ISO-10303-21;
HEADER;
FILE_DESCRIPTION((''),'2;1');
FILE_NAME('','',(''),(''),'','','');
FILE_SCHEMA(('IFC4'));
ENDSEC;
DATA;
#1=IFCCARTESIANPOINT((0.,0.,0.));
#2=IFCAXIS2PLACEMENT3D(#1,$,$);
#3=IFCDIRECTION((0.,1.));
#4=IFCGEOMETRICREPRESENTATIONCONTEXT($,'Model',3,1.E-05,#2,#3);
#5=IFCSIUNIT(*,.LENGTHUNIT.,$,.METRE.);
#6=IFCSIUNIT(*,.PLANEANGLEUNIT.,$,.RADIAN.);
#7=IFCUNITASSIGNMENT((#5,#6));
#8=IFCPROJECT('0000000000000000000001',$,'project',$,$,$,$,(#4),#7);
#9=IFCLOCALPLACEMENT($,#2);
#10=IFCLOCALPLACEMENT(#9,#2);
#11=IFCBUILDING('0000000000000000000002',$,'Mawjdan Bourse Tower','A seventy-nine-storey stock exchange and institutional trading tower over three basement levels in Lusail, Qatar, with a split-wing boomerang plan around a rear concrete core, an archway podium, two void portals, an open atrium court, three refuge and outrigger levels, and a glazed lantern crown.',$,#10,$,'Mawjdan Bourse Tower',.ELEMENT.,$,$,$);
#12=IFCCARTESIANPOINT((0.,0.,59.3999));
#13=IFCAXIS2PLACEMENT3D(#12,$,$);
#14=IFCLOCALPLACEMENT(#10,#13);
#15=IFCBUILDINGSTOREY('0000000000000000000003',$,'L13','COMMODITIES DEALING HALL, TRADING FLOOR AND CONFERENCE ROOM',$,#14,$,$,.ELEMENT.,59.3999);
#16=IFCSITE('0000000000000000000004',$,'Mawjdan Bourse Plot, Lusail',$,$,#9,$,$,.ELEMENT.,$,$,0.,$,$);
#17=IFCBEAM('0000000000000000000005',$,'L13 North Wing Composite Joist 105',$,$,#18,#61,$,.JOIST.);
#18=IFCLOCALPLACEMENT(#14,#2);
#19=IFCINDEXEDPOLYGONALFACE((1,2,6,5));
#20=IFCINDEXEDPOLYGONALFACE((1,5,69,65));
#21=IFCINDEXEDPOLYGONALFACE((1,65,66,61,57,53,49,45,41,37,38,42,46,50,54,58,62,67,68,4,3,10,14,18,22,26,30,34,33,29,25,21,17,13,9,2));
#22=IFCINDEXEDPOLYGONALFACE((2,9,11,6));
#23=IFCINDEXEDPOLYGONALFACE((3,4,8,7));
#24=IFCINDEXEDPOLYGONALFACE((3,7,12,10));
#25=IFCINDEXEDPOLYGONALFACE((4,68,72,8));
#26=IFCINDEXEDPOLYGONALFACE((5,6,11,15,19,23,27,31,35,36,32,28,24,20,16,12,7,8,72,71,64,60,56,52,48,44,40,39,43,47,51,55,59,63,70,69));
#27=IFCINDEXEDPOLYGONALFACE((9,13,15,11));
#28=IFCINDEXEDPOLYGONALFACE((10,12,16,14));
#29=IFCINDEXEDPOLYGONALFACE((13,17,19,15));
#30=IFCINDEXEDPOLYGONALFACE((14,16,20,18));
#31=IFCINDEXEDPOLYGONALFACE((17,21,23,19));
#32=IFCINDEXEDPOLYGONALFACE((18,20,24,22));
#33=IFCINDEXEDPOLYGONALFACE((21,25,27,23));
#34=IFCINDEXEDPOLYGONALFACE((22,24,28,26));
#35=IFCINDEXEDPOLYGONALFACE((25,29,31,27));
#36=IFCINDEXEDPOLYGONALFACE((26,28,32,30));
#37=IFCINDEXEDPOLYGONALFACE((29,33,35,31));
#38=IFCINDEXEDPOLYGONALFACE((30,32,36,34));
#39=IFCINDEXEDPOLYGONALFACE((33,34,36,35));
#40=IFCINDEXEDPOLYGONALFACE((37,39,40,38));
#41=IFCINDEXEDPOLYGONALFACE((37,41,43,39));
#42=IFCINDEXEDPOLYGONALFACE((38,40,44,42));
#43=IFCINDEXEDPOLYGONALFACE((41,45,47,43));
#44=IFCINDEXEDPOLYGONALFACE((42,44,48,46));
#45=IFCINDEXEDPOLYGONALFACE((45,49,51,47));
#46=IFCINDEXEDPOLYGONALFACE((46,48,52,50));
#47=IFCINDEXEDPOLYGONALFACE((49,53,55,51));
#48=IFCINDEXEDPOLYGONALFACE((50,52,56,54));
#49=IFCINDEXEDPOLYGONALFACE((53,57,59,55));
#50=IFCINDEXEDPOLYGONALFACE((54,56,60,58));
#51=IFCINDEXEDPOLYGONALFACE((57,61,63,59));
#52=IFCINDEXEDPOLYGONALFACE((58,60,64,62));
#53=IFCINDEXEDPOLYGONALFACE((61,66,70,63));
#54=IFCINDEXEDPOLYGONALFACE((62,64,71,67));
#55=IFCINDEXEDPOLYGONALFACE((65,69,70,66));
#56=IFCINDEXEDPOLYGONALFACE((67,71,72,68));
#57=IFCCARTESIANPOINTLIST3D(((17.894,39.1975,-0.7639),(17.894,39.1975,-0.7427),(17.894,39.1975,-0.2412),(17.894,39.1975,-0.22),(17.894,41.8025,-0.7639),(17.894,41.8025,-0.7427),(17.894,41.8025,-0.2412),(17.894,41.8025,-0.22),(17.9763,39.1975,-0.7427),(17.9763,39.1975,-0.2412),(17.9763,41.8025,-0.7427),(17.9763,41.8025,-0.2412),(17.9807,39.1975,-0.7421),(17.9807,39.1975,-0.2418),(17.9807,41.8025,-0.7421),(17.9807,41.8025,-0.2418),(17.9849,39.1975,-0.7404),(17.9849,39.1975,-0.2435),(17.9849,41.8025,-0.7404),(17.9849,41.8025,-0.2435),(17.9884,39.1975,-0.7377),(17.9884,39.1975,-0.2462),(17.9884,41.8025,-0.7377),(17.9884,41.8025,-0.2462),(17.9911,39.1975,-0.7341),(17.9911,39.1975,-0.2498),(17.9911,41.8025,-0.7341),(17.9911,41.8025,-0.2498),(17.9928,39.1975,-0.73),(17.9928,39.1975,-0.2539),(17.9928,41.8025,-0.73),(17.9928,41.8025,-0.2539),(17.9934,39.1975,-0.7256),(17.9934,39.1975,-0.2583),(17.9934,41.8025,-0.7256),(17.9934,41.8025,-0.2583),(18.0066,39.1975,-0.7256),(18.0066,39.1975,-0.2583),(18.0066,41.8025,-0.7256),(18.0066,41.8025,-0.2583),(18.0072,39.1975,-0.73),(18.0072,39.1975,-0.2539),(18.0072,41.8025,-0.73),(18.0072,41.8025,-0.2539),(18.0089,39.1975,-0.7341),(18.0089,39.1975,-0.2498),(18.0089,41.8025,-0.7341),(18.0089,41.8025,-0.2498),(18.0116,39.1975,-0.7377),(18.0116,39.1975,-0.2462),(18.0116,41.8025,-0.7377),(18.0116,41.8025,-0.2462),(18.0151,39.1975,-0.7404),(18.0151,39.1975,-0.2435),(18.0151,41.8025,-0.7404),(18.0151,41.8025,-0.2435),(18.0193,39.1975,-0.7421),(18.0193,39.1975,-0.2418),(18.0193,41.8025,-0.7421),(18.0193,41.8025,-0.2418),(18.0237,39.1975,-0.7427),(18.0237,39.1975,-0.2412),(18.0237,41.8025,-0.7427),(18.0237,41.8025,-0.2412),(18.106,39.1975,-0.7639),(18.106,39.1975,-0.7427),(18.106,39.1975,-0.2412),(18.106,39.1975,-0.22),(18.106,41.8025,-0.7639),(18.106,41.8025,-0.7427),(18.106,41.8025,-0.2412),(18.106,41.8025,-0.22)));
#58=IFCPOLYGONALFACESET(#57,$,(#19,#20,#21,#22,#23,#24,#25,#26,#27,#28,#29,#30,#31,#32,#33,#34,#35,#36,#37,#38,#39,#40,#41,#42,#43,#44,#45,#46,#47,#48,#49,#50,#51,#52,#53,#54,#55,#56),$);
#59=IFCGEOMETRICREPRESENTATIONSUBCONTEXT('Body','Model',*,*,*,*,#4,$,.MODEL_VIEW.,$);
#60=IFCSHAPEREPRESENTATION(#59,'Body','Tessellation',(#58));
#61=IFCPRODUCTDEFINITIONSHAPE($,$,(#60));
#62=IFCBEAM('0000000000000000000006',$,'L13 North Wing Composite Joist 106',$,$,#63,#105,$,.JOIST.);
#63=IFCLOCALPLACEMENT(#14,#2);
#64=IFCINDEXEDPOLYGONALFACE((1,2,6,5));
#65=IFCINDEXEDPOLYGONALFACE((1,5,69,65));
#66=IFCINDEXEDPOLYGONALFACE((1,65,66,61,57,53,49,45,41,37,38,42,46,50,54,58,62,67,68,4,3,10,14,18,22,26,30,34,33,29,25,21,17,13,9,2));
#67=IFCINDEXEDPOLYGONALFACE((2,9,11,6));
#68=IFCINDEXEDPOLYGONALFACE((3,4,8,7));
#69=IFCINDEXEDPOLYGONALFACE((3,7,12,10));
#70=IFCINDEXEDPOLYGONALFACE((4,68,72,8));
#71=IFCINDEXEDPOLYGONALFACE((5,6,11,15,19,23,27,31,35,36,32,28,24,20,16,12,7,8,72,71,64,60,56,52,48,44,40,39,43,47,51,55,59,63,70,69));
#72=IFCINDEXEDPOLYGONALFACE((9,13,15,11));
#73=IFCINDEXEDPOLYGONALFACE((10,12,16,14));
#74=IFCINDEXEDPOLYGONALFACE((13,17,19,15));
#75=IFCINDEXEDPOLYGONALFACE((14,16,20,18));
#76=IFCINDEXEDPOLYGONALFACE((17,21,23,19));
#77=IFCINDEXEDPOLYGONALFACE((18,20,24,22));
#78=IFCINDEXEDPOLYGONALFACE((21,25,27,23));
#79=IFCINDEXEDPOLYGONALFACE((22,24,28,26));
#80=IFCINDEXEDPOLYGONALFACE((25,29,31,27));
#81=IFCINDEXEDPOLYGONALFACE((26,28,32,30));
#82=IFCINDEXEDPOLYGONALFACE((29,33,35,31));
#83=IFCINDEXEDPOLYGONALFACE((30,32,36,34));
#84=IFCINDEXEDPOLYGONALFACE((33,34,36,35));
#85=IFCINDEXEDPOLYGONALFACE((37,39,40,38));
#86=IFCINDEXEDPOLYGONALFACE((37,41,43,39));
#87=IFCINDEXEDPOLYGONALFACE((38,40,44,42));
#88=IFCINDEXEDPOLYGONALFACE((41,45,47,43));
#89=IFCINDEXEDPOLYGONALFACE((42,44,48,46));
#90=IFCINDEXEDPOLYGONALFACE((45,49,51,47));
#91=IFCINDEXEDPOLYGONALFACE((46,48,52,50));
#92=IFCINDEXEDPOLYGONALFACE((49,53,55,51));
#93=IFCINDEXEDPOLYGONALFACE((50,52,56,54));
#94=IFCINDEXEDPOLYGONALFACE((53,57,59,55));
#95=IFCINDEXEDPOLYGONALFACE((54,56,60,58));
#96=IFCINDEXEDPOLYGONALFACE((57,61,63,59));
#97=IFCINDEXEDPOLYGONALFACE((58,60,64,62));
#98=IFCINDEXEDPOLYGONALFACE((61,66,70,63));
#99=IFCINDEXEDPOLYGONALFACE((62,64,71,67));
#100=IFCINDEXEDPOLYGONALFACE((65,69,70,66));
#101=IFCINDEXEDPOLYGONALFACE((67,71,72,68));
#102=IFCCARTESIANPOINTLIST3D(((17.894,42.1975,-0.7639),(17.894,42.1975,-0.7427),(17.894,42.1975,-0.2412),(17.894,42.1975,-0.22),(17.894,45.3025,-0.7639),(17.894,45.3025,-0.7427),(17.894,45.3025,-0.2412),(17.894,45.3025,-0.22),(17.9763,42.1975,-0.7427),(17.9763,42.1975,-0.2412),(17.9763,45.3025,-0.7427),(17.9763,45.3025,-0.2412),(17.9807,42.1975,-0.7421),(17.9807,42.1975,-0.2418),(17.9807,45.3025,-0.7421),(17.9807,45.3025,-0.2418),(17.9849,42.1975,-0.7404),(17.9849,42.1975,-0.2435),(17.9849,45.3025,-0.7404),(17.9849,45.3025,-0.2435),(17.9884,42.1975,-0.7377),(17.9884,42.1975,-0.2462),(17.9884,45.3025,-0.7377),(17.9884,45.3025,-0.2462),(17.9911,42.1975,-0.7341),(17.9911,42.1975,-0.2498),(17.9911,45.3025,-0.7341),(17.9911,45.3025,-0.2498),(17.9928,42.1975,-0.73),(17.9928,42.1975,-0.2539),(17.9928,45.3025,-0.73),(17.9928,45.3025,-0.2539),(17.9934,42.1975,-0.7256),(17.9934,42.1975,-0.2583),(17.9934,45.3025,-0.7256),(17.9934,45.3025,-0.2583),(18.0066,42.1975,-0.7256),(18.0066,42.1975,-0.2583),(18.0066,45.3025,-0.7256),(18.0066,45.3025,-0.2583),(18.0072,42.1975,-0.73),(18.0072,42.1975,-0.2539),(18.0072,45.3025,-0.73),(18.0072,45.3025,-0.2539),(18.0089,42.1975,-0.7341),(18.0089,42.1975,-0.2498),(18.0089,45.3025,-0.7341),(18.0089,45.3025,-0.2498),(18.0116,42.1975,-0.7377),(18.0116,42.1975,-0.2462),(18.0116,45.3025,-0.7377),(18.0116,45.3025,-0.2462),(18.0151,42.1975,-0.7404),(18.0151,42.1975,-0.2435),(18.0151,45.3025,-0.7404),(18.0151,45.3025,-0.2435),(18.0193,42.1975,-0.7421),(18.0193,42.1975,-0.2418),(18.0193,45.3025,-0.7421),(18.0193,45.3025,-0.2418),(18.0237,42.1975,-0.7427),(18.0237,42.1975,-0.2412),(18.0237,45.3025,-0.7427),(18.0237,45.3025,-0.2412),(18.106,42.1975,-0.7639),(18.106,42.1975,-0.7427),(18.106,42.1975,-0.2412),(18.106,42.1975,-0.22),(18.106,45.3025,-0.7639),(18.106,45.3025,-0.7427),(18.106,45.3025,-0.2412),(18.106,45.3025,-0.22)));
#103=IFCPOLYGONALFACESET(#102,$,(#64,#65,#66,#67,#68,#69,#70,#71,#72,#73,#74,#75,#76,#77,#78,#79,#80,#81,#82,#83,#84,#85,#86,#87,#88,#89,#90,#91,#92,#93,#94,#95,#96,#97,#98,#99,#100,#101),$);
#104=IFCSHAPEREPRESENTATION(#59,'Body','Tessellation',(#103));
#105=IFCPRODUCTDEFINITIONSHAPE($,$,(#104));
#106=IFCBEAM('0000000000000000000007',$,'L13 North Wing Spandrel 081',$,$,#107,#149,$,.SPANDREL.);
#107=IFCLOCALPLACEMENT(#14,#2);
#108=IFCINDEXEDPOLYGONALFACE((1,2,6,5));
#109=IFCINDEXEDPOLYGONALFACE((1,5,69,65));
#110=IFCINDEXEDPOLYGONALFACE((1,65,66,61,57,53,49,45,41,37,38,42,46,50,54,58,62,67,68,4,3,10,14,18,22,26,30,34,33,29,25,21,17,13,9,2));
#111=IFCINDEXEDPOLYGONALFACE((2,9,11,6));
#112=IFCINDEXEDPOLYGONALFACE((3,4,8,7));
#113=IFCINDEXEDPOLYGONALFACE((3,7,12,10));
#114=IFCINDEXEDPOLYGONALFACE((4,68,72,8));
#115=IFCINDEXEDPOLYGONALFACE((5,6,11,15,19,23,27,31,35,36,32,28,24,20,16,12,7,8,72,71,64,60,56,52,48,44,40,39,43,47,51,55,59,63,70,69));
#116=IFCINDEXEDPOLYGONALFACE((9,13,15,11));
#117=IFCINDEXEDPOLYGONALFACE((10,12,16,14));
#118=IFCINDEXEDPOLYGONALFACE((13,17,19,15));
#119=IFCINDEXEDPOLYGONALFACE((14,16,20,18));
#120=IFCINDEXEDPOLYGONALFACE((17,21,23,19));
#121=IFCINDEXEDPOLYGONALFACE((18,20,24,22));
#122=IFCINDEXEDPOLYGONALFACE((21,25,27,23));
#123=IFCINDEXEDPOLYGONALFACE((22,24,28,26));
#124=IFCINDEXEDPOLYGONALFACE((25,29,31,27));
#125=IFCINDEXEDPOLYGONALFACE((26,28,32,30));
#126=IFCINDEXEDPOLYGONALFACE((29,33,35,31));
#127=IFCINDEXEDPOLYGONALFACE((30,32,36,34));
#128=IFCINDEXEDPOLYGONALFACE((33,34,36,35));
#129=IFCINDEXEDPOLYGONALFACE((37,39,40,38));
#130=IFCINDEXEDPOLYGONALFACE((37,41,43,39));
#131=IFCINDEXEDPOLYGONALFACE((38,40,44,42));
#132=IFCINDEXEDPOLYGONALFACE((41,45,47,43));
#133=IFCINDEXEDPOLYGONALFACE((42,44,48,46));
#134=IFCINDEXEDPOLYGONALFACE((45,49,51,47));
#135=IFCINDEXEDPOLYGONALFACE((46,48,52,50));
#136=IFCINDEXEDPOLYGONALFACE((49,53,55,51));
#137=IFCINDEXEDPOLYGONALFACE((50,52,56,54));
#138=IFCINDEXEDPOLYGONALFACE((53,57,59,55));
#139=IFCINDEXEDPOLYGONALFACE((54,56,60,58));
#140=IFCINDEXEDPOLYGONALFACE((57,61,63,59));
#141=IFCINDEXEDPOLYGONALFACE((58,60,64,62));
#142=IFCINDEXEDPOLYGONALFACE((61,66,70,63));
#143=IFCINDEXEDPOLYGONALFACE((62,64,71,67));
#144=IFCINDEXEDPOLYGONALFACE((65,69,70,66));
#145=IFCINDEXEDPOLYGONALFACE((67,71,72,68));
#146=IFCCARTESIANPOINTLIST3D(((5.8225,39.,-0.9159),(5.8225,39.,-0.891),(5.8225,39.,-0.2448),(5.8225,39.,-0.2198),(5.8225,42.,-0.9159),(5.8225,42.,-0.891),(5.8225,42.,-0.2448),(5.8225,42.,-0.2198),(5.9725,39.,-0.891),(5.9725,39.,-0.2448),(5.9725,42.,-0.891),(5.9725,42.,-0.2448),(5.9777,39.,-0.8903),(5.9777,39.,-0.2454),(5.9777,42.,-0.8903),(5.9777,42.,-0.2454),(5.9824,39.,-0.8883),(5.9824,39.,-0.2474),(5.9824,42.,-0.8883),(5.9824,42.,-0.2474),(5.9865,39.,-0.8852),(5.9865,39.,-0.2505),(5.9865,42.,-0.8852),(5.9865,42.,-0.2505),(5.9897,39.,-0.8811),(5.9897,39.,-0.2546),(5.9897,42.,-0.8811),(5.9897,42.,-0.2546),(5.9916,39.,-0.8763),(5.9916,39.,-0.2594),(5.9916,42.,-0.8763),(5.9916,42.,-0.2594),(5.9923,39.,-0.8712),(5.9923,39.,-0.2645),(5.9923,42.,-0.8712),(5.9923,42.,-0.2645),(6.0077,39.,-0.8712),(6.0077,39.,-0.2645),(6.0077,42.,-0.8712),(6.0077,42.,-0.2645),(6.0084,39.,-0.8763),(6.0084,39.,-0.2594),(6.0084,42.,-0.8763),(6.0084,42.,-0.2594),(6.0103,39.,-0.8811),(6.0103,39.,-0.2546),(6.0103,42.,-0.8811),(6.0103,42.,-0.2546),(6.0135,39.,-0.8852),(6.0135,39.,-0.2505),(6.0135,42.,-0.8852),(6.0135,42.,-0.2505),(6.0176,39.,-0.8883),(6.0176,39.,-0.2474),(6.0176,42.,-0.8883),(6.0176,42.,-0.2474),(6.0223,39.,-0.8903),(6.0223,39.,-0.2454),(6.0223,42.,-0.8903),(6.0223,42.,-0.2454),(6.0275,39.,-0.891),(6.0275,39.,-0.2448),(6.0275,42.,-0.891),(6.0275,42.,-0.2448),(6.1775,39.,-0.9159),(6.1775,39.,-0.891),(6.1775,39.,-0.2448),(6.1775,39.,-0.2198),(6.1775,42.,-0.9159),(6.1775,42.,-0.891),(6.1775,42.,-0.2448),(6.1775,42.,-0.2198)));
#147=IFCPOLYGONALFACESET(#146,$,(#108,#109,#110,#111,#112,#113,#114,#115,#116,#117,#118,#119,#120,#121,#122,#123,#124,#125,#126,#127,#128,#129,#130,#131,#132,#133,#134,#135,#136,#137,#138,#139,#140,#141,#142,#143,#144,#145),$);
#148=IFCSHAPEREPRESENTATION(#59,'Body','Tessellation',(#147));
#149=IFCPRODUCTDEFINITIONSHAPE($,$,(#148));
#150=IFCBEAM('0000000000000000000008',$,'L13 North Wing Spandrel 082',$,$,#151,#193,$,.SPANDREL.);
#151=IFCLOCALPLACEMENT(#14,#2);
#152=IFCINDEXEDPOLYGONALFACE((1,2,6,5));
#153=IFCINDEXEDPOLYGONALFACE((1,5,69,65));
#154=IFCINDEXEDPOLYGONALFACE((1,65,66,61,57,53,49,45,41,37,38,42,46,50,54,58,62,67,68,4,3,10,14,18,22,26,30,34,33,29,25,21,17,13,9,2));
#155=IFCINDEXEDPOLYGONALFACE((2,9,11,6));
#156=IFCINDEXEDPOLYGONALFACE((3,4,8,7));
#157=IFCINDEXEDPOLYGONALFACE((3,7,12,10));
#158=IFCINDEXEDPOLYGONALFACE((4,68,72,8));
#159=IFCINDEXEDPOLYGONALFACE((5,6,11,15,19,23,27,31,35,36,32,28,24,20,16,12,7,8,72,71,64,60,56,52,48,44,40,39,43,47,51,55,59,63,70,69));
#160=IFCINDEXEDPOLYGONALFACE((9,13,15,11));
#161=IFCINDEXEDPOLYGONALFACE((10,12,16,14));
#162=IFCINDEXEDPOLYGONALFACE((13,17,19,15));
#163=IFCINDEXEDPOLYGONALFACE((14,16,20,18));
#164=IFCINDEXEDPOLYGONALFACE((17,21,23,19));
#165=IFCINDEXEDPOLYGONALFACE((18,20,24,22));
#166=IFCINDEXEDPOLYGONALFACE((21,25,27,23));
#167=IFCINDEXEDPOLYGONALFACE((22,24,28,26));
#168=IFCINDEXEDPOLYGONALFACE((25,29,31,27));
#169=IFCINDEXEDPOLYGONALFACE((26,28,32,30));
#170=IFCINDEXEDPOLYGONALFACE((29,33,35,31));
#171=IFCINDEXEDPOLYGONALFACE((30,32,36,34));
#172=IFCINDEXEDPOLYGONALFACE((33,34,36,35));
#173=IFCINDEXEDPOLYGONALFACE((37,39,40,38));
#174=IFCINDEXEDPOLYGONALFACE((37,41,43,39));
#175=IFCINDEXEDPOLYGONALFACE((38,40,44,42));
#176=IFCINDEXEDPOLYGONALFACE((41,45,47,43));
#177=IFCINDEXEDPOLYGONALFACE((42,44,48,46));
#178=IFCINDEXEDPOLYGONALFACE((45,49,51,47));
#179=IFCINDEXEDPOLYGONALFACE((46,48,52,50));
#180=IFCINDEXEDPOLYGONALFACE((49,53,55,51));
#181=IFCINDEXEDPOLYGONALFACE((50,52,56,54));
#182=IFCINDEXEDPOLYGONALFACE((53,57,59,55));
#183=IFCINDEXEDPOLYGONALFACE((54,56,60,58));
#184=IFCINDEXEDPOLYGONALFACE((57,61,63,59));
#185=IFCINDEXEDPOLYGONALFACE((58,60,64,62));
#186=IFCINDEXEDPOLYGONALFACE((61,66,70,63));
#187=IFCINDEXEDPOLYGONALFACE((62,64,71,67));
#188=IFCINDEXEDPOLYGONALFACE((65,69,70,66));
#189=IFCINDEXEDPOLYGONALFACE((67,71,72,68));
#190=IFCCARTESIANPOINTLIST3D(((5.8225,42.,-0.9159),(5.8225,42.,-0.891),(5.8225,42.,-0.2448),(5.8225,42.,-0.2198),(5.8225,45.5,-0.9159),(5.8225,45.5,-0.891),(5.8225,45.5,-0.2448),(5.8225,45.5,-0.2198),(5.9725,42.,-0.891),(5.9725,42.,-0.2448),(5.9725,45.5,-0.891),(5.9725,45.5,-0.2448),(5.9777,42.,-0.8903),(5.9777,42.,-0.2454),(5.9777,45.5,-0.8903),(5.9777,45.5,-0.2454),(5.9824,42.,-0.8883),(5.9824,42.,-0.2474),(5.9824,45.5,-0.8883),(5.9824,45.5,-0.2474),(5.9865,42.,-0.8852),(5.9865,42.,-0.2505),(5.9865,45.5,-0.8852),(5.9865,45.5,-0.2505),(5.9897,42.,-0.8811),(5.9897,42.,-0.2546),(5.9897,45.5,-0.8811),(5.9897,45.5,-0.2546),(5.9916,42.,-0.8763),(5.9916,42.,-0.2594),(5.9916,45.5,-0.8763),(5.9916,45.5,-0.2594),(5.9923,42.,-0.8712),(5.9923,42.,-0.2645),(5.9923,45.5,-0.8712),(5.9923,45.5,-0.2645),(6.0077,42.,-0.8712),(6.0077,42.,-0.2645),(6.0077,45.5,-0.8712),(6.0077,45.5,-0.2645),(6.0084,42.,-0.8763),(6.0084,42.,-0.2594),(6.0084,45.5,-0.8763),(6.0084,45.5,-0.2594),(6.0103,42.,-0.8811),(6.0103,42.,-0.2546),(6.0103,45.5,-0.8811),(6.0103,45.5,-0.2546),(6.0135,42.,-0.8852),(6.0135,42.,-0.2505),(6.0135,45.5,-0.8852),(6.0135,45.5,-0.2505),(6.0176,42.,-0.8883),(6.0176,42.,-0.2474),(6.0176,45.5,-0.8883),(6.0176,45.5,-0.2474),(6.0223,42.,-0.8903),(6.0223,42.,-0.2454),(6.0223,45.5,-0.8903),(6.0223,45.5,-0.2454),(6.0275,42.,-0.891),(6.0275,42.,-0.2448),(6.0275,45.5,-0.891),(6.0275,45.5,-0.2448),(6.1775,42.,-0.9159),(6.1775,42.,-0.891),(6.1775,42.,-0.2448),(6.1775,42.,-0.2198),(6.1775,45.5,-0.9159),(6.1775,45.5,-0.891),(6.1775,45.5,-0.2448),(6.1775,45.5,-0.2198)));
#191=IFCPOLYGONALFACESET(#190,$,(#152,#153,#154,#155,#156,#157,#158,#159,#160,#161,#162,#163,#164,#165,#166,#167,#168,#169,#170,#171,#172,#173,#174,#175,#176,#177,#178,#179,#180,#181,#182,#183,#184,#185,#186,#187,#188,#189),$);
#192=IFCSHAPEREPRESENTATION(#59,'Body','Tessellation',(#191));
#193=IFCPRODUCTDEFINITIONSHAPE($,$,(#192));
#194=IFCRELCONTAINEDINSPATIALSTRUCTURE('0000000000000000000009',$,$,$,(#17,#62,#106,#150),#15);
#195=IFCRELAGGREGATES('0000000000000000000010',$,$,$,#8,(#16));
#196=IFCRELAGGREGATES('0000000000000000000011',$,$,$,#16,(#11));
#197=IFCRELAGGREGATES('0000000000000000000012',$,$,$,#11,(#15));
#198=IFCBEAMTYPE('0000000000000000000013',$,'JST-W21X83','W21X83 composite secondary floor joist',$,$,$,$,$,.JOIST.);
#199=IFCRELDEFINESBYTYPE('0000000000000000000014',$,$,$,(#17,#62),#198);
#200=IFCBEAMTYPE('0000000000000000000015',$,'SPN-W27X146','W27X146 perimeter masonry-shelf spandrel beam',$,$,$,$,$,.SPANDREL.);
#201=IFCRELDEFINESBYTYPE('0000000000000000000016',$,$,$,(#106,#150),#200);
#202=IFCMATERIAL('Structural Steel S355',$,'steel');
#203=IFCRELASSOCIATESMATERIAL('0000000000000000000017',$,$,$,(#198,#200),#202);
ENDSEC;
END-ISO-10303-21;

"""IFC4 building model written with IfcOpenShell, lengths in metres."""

from ifc_helpers import new_model, si_unit, direction, frame, origin, origin_2d, place, context, subcontext, project, spatial, i_section, extrude, material, material_profile, profile_set, type_object, element, save


model = new_model("IFC4")

# Units and contexts
model_context = context("Model", 3, precision=1e-05, world=origin(), true_north=direction((0.0, 1.0)))
body_context = subcontext(model_context, "Body", "Model", "MODEL_VIEW")
ifc_project = project(units=[si_unit("LENGTHUNIT", "METRE"), si_unit("PLANEANGLEUNIT", "RADIAN")], contexts=[model_context])

# Site, building, storey
site_placement = place(None, origin())
site = spatial("IfcSite", under=ifc_project, at=site_placement, Name="Mawjdan Bourse Plot, Lusail", CompositionType="ELEMENT", RefElevation=0.0)
building_placement = place(site_placement, origin())
building = spatial("IfcBuilding", under=site, at=building_placement, Name="Mawjdan Bourse Tower", Description="A seventy-nine-storey stock exchange and institutional trading tower over three basement levels in Lusail, Qatar, with a split-wing boomerang plan around a rear concrete core, an archway podium, two void portals, an open atrium court, three refuge and outrigger levels, and a glazed lantern crown.", LongName="Mawjdan Bourse Tower", CompositionType="ELEMENT")
storey_placement = place(building_placement, frame((0.0, 0.0, 59.3999)))
storey = spatial("IfcBuildingStorey", under=building, at=storey_placement, Name="L13", Description="COMMODITIES DEALING HALL, TRADING FLOOR AND CONFERENCE ROOM", CompositionType="ELEMENT", Elevation=59.3999)

# Beams
ifc_material_1 = material(Name="Structural Steel S355", Category="steel")
ifc_material_profile_1 = material_profile(ifc_material_1, i_section(OverallWidth=0.2119, OverallDepth=0.5439, WebThickness=0.0132, FlangeThickness=0.0212, FilletRadius=0.0171, at=origin_2d()), Name="W21X83")
ifc_profile_set_1 = profile_set([ifc_material_profile_1], Name="Structural Steel S355")
beam_type_1 = type_object("IfcBeamType", Name="JST-W21X83", Description="W21X83 composite secondary floor joist", PredefinedType="JOIST", material=ifc_profile_set_1)
beam_1_placement = place(storey_placement, frame((18.0, 39.1975, -0.4919), z_axis=(0.0, 1.0, 0.0), x_axis=(-1.0, 0.0, 0.0)))
element("IfcBeam", 1, at=beam_1_placement, inside=storey, type_object=beam_type_1, Name="L13 North Wing Composite Joist 105", PredefinedType="JOIST", context=body_context, shape_type="SweptSolid", body=[
    extrude(i_section(OverallWidth=0.2119, OverallDepth=0.5439, WebThickness=0.0132, FlangeThickness=0.0212, FilletRadius=0.0171, at=origin_2d()), origin(), (0.0, 0.0, 1.0), 2.605),
])
beam_2_placement = place(storey_placement, frame((18.0, 42.1975, -0.4919), z_axis=(0.0, 1.0, 0.0), x_axis=(-1.0, 0.0, 0.0)))
element("IfcBeam", 2, at=beam_2_placement, inside=storey, type_object=beam_type_1, Name="L13 North Wing Composite Joist 106", PredefinedType="JOIST", context=body_context, shape_type="SweptSolid", body=[
    extrude(i_section(OverallWidth=0.2119, OverallDepth=0.5439, WebThickness=0.0132, FlangeThickness=0.0212, FilletRadius=0.0171, at=origin_2d()), origin(), (0.0, 0.0, 1.0), 3.105),
])
ifc_material_profile_2 = material_profile(ifc_material_1, i_section(OverallWidth=0.355, OverallDepth=0.696, WebThickness=0.0154, FlangeThickness=0.0249, FilletRadius=0.0198, at=origin_2d()), Name="W27X146")
ifc_profile_set_2 = profile_set([ifc_material_profile_2], Name="Structural Steel S355")
beam_type_2 = type_object("IfcBeamType", Name="SPN-W27X146", Description="W27X146 perimeter masonry-shelf spandrel beam", PredefinedType="SPANDREL", material=ifc_profile_set_2)
beam_3_placement = place(storey_placement, frame((6.0, 39.0, -0.5679), z_axis=(0.0, 1.0, 0.0), x_axis=(-1.0, 0.0, 0.0)))
element("IfcBeam", 3, at=beam_3_placement, inside=storey, type_object=beam_type_2, Name="L13 North Wing Spandrel 081", PredefinedType="SPANDREL", context=body_context, shape_type="SweptSolid", body=[
    extrude(i_section(OverallWidth=0.355, OverallDepth=0.696, WebThickness=0.0154, FlangeThickness=0.0249, FilletRadius=0.0198, at=origin_2d()), origin(), (0.0, 0.0, 1.0), 3.0),
])
beam_4_placement = place(storey_placement, frame((6.0, 42.0, -0.5679), z_axis=(0.0, 1.0, 0.0), x_axis=(-1.0, 0.0, 0.0)))
element("IfcBeam", 4, at=beam_4_placement, inside=storey, type_object=beam_type_2, Name="L13 North Wing Spandrel 082", PredefinedType="SPANDREL", context=body_context, shape_type="SweptSolid", body=[
    extrude(i_section(OverallWidth=0.355, OverallDepth=0.696, WebThickness=0.0154, FlangeThickness=0.0249, FilletRadius=0.0198, at=origin_2d()), origin(), (0.0, 0.0, 1.0), 3.5),
])

save(model, "model.ifc")
